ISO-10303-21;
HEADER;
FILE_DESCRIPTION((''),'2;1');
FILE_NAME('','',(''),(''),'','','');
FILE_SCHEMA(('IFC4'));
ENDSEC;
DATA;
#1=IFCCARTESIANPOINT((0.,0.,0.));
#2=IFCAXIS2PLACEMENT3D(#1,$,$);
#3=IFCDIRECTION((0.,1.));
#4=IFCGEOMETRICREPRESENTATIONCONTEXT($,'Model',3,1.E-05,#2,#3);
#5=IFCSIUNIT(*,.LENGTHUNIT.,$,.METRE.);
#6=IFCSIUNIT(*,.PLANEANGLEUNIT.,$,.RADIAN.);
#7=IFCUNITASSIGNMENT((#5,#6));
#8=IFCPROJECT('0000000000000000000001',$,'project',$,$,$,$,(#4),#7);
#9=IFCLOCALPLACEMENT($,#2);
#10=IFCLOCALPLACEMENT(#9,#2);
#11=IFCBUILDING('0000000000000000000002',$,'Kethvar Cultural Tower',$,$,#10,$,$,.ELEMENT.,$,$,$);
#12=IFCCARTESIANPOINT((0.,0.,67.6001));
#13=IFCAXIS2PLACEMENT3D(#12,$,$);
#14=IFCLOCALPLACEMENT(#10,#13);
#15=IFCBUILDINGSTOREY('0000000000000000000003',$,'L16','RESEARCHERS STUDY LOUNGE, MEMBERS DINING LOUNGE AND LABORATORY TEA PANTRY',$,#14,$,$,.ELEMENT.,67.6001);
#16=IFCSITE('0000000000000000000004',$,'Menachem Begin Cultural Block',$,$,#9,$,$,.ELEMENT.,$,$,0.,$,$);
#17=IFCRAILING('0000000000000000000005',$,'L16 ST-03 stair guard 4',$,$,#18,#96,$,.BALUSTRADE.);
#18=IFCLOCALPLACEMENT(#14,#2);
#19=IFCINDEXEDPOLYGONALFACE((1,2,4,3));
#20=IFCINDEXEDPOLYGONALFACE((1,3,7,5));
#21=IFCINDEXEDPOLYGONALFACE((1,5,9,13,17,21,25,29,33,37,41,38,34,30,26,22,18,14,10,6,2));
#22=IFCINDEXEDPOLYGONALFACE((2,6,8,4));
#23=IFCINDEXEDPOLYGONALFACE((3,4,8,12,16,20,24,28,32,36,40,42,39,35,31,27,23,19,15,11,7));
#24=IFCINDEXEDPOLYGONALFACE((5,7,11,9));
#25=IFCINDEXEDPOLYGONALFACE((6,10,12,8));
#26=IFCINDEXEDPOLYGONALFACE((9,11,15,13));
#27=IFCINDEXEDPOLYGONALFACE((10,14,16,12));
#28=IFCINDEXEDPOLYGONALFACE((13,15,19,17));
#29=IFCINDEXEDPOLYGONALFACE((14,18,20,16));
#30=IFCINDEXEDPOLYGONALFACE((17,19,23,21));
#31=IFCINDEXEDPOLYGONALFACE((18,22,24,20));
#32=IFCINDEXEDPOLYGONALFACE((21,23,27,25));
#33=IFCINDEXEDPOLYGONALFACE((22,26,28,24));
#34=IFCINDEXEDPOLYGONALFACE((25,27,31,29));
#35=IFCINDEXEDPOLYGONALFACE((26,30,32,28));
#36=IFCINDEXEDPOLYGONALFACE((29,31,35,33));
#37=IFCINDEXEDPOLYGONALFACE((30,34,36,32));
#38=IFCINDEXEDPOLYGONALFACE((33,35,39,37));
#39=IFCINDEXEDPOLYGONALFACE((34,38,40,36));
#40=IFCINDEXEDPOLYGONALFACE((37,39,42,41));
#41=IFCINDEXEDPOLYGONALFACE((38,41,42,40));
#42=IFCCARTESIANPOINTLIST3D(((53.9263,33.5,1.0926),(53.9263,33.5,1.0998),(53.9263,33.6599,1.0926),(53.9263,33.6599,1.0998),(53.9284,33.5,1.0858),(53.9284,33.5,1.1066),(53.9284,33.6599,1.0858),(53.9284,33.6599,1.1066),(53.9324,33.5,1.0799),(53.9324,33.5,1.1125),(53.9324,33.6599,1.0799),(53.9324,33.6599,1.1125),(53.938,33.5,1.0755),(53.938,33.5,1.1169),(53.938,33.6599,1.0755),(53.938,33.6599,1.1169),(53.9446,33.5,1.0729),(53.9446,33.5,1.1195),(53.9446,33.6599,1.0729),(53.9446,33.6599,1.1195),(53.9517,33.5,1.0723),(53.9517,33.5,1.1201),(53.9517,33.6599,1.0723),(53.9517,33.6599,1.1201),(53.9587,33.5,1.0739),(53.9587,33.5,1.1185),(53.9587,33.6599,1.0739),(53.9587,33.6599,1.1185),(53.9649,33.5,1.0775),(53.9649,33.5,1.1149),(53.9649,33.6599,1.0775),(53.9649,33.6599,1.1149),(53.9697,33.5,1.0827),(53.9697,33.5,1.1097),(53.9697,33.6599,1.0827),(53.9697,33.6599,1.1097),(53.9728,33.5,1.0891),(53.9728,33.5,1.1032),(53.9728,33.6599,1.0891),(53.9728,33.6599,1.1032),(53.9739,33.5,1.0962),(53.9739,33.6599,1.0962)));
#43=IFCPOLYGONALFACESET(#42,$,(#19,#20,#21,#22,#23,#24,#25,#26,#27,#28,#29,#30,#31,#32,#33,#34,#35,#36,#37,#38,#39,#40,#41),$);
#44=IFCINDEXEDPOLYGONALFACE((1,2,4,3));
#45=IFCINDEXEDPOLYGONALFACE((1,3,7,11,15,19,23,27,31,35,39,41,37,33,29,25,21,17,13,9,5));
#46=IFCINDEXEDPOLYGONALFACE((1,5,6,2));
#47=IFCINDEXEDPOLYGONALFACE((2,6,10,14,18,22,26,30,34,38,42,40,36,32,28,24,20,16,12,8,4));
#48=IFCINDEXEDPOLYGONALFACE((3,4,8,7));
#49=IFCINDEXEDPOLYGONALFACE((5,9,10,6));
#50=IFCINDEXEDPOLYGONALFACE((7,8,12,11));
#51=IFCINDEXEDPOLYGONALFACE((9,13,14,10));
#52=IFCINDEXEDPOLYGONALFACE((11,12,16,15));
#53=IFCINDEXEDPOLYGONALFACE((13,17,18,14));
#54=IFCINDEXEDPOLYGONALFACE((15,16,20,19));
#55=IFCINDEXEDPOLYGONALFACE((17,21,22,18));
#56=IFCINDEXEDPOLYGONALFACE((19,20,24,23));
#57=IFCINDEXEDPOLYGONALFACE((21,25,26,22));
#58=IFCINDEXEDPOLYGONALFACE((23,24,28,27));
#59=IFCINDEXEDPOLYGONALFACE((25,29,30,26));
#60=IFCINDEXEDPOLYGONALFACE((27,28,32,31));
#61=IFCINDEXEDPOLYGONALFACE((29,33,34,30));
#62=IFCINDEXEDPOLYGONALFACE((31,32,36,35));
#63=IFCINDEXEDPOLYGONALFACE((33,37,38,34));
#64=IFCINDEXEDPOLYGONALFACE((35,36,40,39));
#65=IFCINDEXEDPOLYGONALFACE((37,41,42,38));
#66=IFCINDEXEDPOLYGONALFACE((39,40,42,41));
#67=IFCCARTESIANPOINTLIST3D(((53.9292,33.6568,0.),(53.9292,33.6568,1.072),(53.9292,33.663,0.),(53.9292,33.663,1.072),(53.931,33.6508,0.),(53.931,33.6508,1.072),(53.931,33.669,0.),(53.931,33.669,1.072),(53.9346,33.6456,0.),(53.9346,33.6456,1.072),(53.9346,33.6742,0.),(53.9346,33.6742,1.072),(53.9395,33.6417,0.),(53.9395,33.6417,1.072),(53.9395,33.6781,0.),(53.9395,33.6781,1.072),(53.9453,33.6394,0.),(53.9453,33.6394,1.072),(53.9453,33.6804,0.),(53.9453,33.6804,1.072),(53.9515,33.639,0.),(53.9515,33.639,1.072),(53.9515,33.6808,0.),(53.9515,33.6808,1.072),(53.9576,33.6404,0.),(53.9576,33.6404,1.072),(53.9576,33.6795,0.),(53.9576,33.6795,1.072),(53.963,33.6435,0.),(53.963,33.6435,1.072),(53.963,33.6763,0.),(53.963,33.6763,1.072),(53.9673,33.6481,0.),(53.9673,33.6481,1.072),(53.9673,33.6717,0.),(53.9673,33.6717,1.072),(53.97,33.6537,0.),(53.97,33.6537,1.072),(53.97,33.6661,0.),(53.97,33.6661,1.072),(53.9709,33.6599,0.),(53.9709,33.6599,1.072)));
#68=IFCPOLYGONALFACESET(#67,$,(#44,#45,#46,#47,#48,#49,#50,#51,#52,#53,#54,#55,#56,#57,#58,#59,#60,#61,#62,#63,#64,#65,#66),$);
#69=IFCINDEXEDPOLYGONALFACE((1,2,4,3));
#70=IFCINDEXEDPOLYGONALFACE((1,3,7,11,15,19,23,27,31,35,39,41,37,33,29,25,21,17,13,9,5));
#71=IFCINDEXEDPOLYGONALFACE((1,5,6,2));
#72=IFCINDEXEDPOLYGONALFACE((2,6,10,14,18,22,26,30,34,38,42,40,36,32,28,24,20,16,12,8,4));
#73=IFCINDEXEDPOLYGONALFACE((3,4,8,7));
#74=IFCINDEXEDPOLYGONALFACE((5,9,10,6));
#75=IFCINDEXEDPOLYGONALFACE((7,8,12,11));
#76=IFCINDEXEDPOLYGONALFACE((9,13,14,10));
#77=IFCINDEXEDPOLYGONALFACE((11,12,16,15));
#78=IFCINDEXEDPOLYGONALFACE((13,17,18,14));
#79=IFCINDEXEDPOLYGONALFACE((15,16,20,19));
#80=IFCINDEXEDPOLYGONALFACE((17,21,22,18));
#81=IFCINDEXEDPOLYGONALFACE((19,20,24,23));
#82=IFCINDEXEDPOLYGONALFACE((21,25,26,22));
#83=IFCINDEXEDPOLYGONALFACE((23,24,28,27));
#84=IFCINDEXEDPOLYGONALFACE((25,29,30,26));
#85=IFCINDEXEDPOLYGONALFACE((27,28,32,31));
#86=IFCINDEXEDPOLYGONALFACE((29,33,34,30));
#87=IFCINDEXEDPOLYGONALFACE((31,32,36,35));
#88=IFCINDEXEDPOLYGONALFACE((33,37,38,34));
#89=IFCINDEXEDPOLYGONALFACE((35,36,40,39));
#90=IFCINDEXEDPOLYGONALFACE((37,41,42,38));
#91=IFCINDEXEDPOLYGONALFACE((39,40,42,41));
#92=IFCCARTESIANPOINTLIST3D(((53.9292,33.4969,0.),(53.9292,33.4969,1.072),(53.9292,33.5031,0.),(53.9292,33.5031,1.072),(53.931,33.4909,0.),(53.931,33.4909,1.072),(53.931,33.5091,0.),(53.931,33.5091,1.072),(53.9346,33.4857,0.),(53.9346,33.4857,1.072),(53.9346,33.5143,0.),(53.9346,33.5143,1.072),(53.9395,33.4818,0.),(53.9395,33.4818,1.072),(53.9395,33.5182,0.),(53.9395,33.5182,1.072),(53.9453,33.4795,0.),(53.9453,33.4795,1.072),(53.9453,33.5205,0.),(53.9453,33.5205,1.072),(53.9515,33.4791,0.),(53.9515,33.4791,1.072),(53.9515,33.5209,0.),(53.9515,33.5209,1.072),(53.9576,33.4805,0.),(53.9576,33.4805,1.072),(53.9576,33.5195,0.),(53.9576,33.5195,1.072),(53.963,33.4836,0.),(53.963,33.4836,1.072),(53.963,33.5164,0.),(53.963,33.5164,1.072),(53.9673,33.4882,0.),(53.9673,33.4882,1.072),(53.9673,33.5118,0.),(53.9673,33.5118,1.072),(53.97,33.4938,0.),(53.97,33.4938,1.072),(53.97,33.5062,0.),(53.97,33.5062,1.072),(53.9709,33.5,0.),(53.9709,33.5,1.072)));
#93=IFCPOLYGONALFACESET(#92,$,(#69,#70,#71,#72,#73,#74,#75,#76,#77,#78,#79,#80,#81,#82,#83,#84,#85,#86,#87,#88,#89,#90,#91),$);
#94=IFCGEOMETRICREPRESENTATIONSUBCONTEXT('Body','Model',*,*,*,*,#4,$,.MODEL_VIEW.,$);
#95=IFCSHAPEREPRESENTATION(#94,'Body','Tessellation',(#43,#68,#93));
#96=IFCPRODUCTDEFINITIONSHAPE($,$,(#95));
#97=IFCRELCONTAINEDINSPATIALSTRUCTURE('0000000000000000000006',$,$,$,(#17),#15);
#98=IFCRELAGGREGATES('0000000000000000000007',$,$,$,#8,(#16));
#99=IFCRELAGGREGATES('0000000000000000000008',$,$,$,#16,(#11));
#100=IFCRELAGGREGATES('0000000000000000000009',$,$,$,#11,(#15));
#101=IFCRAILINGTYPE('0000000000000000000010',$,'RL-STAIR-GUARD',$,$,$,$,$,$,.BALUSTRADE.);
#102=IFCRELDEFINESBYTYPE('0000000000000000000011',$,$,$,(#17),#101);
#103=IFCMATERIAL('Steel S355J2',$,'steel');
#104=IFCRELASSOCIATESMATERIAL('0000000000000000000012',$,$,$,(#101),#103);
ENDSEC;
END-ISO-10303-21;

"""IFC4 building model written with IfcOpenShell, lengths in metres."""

from ifc_helpers import new_model, si_unit, direction, frame, origin, origin_2d, place, context, subcontext, project, spatial, circle, extrude, material, type_object, element, save


model = new_model("IFC4")

# Units and contexts
model_context = context("Model", 3, precision=1e-05, world=origin(), true_north=direction((0.0, 1.0)))
body_context = subcontext(model_context, "Body", "Model", "MODEL_VIEW")
ifc_project = project(units=[si_unit("LENGTHUNIT", "METRE"), si_unit("PLANEANGLEUNIT", "RADIAN")], contexts=[model_context])

# Site, building, storey
site_placement = place(None, origin())
site = spatial("IfcSite", under=ifc_project, at=site_placement, Name="Menachem Begin Cultural Block", CompositionType="ELEMENT", RefElevation=0.0)
building_placement = place(site_placement, origin())
building = spatial("IfcBuilding", under=site, at=building_placement, Name="Kethvar Cultural Tower", CompositionType="ELEMENT")
storey_placement = place(building_placement, frame((0.0, 0.0, 67.6001)))
storey = spatial("IfcBuildingStorey", under=building, at=storey_placement, Name="L16", Description="RESEARCHERS STUDY LOUNGE, MEMBERS DINING LOUNGE AND LABORATORY TEA PANTRY", CompositionType="ELEMENT", Elevation=67.6001)

# Shared definitions
ifc_material_1 = material(Name="Steel S355J2", Category="steel")

# Railing
railing_type_1 = type_object("IfcRailingType", Name="RL-STAIR-GUARD", PredefinedType="BALUSTRADE", material=ifc_material_1)
railing_1_placement = place(storey_placement, frame((53.95, 33.6599, 0.0)))
element("IfcRailing", 1, at=railing_1_placement, inside=storey, type_object=railing_type_1, Name="L16 ST-03 stair guard 4", PredefinedType="BALUSTRADE", context=body_context, shape_type="SweptSolid", body=[
    extrude(circle(Radius=0.0239, at=origin_2d()), frame((0.0, 0.0, 1.0962), z_axis=(0.0, -1.0, 0.0), x_axis=(1.0, 0.0, 0.0)), (0.0, 0.0, 1.0), 0.1599),
    extrude(circle(Radius=0.021, at=origin_2d()), origin(), (0.0, 0.0, 1.0), 1.072),
    extrude(circle(Radius=0.021, at=origin_2d()), frame((0.0, -0.1599, 0.0)), (0.0, 0.0, 1.0), 1.072),
])

save(model, "model.ifc")
